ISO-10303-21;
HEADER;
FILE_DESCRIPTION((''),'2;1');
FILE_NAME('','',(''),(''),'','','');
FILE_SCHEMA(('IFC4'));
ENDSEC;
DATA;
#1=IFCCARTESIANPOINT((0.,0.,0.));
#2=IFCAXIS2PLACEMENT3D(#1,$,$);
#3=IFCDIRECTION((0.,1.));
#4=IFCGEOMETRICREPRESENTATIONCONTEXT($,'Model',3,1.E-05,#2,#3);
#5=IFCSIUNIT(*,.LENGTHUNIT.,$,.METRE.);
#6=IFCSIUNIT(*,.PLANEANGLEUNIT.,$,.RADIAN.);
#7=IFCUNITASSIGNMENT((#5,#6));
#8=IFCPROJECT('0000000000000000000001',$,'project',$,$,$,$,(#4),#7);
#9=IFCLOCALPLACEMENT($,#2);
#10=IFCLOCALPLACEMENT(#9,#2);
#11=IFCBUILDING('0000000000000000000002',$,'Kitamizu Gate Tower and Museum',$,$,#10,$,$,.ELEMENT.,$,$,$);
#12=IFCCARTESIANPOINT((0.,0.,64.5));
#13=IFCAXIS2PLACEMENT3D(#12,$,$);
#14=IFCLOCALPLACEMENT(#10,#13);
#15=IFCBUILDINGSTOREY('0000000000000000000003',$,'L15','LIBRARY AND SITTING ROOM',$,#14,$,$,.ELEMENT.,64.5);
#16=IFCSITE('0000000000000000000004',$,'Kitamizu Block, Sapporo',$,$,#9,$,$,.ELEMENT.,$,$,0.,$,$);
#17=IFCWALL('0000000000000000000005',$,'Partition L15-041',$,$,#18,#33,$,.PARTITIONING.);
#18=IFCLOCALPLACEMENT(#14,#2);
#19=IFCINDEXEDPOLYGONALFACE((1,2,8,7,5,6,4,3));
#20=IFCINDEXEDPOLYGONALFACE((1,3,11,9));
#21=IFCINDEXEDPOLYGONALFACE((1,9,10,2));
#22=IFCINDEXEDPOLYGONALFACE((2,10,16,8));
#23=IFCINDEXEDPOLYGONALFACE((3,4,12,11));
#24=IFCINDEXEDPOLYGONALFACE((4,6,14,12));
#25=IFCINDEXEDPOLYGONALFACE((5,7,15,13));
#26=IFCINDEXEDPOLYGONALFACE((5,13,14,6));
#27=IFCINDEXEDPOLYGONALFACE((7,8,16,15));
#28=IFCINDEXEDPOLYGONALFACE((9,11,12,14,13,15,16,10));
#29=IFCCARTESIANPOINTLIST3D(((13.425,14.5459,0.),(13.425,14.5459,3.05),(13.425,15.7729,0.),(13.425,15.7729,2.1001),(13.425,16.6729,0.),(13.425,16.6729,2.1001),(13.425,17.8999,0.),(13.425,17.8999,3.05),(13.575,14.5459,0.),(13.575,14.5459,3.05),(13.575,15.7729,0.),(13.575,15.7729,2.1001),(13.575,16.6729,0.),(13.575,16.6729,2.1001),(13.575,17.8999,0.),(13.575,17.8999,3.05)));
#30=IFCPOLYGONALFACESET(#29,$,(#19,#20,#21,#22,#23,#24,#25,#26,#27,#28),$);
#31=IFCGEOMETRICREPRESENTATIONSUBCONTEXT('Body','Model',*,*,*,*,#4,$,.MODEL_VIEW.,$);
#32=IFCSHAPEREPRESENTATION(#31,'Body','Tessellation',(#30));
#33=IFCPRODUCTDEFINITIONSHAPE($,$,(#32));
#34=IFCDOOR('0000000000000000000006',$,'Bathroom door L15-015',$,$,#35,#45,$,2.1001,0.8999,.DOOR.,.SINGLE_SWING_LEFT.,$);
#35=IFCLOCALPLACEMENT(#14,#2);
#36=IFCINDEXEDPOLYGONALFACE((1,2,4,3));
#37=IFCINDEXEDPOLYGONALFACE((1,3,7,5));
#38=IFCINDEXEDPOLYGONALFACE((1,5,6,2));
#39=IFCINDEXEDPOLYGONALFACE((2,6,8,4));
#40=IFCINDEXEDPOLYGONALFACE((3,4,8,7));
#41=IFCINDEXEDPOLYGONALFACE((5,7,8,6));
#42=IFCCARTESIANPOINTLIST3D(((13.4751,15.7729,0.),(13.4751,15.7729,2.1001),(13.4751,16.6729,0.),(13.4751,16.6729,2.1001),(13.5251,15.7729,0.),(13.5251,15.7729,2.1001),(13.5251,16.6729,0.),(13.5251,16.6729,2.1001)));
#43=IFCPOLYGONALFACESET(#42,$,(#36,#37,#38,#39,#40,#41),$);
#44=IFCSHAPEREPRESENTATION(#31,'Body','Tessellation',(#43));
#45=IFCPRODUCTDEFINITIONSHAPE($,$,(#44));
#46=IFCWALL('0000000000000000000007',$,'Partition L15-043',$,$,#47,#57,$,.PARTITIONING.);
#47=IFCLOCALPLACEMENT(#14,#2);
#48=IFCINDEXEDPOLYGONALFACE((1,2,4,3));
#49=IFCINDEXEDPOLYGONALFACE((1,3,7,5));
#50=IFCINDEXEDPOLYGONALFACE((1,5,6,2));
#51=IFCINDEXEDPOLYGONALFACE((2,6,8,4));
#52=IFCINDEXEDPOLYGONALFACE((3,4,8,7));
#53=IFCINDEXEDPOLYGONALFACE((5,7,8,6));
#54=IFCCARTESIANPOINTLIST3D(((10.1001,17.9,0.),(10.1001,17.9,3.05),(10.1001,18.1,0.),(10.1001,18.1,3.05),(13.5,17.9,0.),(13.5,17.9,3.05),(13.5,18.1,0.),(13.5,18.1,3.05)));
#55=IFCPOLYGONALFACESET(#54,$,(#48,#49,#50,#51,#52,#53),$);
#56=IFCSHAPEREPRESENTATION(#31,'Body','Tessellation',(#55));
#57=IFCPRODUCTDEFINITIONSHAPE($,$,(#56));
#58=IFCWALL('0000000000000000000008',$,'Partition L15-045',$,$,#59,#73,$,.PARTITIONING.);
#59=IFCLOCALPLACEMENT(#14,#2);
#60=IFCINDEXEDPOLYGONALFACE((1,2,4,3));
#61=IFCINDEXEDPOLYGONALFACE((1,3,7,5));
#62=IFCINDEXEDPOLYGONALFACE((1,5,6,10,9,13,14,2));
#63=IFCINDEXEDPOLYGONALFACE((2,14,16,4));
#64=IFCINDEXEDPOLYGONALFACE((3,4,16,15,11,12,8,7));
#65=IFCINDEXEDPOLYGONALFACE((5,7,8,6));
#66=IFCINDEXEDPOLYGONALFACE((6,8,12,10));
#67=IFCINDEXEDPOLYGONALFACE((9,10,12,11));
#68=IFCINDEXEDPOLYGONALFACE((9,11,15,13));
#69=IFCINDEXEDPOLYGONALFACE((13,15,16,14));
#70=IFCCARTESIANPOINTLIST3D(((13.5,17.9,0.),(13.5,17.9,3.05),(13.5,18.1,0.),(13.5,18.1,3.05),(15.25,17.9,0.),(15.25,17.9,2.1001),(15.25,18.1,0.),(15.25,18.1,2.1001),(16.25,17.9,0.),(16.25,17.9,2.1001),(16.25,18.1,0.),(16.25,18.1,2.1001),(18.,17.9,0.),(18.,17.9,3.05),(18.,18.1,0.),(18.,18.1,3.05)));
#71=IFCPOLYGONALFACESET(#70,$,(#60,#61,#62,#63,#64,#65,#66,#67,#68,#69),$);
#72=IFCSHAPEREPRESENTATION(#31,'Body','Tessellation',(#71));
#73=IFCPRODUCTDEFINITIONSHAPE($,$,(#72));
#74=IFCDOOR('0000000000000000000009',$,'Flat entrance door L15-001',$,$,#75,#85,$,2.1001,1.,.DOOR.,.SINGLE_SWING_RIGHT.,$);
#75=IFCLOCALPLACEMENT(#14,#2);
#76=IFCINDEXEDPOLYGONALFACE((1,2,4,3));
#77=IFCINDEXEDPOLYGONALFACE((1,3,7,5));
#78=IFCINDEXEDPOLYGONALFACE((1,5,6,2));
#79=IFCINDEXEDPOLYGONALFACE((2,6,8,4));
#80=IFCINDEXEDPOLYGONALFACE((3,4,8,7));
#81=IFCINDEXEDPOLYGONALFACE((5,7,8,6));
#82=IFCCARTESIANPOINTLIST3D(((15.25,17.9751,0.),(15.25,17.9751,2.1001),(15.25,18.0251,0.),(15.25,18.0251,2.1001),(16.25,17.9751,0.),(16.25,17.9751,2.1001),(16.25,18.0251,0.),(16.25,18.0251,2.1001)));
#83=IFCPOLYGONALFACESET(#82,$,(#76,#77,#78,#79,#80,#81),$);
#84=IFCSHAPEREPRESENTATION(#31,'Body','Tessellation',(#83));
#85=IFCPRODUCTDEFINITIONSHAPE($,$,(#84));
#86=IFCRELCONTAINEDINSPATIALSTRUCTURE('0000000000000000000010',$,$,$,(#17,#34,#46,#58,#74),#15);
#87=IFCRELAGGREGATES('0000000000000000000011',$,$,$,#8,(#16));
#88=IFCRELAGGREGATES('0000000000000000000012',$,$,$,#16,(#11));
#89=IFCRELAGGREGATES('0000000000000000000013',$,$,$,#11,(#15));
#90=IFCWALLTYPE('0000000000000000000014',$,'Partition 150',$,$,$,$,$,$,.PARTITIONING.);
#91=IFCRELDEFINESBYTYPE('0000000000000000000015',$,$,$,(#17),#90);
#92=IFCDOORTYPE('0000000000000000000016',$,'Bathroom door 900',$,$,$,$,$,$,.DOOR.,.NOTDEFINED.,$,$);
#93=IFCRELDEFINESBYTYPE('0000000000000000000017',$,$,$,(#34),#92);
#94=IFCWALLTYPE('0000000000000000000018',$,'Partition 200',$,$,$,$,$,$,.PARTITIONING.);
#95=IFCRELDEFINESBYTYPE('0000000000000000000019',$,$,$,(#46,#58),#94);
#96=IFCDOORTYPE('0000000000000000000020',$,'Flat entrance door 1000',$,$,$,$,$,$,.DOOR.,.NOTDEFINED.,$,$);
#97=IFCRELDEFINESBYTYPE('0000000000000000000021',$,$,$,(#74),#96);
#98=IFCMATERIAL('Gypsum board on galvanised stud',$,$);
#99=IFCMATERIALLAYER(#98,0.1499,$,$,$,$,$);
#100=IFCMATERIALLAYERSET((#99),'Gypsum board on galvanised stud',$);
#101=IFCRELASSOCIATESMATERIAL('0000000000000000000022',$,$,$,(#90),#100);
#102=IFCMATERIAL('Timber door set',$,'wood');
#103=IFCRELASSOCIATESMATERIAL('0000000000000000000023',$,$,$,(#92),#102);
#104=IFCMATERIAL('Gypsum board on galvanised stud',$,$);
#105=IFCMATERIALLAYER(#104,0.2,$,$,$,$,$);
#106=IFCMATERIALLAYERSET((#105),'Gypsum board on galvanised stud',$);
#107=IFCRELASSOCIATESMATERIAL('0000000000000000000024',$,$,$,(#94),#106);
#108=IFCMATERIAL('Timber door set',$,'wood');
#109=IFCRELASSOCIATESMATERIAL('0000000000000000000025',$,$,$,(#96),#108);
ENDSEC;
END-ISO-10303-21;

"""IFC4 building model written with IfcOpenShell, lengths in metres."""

from ifc_helpers import new_model, si_unit, direction, frame, frame_2d, origin, place, context, subcontext, project, spatial, rectangle, extrude, material, layer, layer_set, type_object, element, fill, save


model = new_model("IFC4")

# Units and contexts
model_context = context("Model", 3, precision=1e-05, world=origin(), true_north=direction((0.0, 1.0)))
body_context = subcontext(model_context, "Body", "Model", "MODEL_VIEW")
ifc_project = project(units=[si_unit("LENGTHUNIT", "METRE"), si_unit("PLANEANGLEUNIT", "RADIAN")], contexts=[model_context])

# Site, building, storey
site_placement = place(None, origin())
site = spatial("IfcSite", under=ifc_project, at=site_placement, Name="Kitamizu Block, Sapporo", CompositionType="ELEMENT", RefElevation=0.0)
building_placement = place(site_placement, origin())
building = spatial("IfcBuilding", under=site, at=building_placement, Name="Kitamizu Gate Tower and Museum", CompositionType="ELEMENT")
storey_placement = place(building_placement, frame((0.0, 0.0, 64.5)))
storey = spatial("IfcBuildingStorey", under=building, at=storey_placement, Name="L15", Description="LIBRARY AND SITTING ROOM", CompositionType="ELEMENT", Elevation=64.5)

# Shared definitions
ifc_material_1 = material(Name="Gypsum board on galvanised stud")
ifc_layer_1 = layer(ifc_material_1, 0.1499)
ifc_layer_set_1 = layer_set([ifc_layer_1], Name="Gypsum board on galvanised stud")
wall_type_1 = type_object("IfcWallType", Name="Partition 150", PredefinedType="PARTITIONING", material=ifc_layer_set_1)

# Wall, opening, door
wall_1_placement = place(storey_placement, frame((13.5, 14.5459, 0.0), z_axis=(0.0, 0.0, 1.0), x_axis=(0.0, 1.0, 0.0)))
wall_1 = element("IfcWall", 1, at=wall_1_placement, inside=storey, type_object=wall_type_1, Name="Partition L15-041", PredefinedType="PARTITIONING", context=body_context, shape_type="SweptSolid", body=[
    extrude(rectangle(XDim=3.354, YDim=0.1499, at=frame_2d((1.677, 0.0))), origin(), (0.0, 0.0, 1.0), 3.05),
])
opening_1_placement = place(wall_1_placement, frame((1.2271, 0.0, 0.0)))
opening_1 = element("IfcOpeningElement", 2, at=opening_1_placement, cuts=wall_1, PredefinedType="OPENING", context=body_context, shape_type="SweptSolid", body=[
    extrude(rectangle(XDim=0.8999, YDim=2.1001, at=frame_2d((0.45, 1.05))), frame((0.0, 0.085, 0.0), z_axis=(0.0, -1.0, 0.0), x_axis=(1.0, 0.0, 0.0)), (0.0, 0.0, 1.0), 0.1699),
])
ifc_material_2 = material(Name="Timber door set", Category="wood")
door_type_1 = type_object("IfcDoorType", Name="Bathroom door 900", OperationType="NOTDEFINED", PredefinedType="DOOR", material=ifc_material_2)
door_1_placement = place(opening_1_placement, origin())
door_1 = element("IfcDoor", 3, at=door_1_placement, inside=storey, type_object=door_type_1, Name="Bathroom door L15-015", OperationType="SINGLE_SWING_LEFT", OverallHeight=2.1001, OverallWidth=0.8999, PredefinedType="DOOR", context=body_context, shape_type="SweptSolid", body=[
    extrude(rectangle(XDim=0.8999, YDim=2.1001, at=frame_2d((0.45, 1.05))), frame((0.0, 0.0249, 0.0), z_axis=(0.0, -1.0, 0.0), x_axis=(1.0, 0.0, 0.0)), (0.0, 0.0, 1.0), 0.05),
])
fill(opening_1, door_1)

# Wall
ifc_material_3 = material(Name="Gypsum board on galvanised stud")
ifc_layer_2 = layer(ifc_material_3, 0.2)
ifc_layer_set_2 = layer_set([ifc_layer_2], Name="Gypsum board on galvanised stud")
wall_type_2 = type_object("IfcWallType", Name="Partition 200", PredefinedType="PARTITIONING", material=ifc_layer_set_2)
wall_2_placement = place(storey_placement, frame((13.5, 18.0, 0.0), z_axis=(0.0, 0.0, 1.0), x_axis=(-1.0, 0.0, 0.0)))
element("IfcWall", 4, at=wall_2_placement, inside=storey, type_object=wall_type_2, Name="Partition L15-043", PredefinedType="PARTITIONING", context=body_context, shape_type="SweptSolid", body=[
    extrude(rectangle(XDim=3.3999, YDim=0.2, at=frame_2d((1.7, 0.0))), origin(), (0.0, 0.0, 1.0), 3.05),
])

# Wall, opening, door
wall_3_placement = place(storey_placement, frame((18.0, 18.0, 0.0), z_axis=(0.0, 0.0, 1.0), x_axis=(-1.0, 0.0, 0.0)))
wall_3 = element("IfcWall", 5, at=wall_3_placement, inside=storey, type_object=wall_type_2, Name="Partition L15-045", PredefinedType="PARTITIONING", context=body_context, shape_type="SweptSolid", body=[
    extrude(rectangle(XDim=4.5, YDim=0.2, at=frame_2d((2.25, 0.0))), origin(), (0.0, 0.0, 1.0), 3.05),
])
opening_2_placement = place(wall_3_placement, frame((1.75, 0.0, 0.0)))
opening_2 = element("IfcOpeningElement", 6, at=opening_2_placement, cuts=wall_3, PredefinedType="OPENING", context=body_context, shape_type="SweptSolid", body=[
    extrude(rectangle(XDim=1.0, YDim=2.1001, at=frame_2d((0.5, 1.05))), frame((0.0, 0.1099, 0.0), z_axis=(0.0, -1.0, 0.0), x_axis=(1.0, 0.0, 0.0)), (0.0, 0.0, 1.0), 0.22),
])
ifc_material_4 = material(Name="Timber door set", Category="wood")
door_type_2 = type_object("IfcDoorType", Name="Flat entrance door 1000", OperationType="NOTDEFINED", PredefinedType="DOOR", material=ifc_material_4)
door_2_placement = place(opening_2_placement, origin())
door_2 = element("IfcDoor", 7, at=door_2_placement, inside=storey, type_object=door_type_2, Name="Flat entrance door L15-001", OperationType="SINGLE_SWING_RIGHT", OverallHeight=2.1001, OverallWidth=1.0, PredefinedType="DOOR", context=body_context, shape_type="SweptSolid", body=[
    extrude(rectangle(XDim=1.0, YDim=2.1001, at=frame_2d((0.5, 1.05))), frame((0.0, 0.0249, 0.0), z_axis=(0.0, -1.0, 0.0), x_axis=(1.0, 0.0, 0.0)), (0.0, 0.0, 1.0), 0.05),
])
fill(opening_2, door_2)

save(model, "model.ifc")
